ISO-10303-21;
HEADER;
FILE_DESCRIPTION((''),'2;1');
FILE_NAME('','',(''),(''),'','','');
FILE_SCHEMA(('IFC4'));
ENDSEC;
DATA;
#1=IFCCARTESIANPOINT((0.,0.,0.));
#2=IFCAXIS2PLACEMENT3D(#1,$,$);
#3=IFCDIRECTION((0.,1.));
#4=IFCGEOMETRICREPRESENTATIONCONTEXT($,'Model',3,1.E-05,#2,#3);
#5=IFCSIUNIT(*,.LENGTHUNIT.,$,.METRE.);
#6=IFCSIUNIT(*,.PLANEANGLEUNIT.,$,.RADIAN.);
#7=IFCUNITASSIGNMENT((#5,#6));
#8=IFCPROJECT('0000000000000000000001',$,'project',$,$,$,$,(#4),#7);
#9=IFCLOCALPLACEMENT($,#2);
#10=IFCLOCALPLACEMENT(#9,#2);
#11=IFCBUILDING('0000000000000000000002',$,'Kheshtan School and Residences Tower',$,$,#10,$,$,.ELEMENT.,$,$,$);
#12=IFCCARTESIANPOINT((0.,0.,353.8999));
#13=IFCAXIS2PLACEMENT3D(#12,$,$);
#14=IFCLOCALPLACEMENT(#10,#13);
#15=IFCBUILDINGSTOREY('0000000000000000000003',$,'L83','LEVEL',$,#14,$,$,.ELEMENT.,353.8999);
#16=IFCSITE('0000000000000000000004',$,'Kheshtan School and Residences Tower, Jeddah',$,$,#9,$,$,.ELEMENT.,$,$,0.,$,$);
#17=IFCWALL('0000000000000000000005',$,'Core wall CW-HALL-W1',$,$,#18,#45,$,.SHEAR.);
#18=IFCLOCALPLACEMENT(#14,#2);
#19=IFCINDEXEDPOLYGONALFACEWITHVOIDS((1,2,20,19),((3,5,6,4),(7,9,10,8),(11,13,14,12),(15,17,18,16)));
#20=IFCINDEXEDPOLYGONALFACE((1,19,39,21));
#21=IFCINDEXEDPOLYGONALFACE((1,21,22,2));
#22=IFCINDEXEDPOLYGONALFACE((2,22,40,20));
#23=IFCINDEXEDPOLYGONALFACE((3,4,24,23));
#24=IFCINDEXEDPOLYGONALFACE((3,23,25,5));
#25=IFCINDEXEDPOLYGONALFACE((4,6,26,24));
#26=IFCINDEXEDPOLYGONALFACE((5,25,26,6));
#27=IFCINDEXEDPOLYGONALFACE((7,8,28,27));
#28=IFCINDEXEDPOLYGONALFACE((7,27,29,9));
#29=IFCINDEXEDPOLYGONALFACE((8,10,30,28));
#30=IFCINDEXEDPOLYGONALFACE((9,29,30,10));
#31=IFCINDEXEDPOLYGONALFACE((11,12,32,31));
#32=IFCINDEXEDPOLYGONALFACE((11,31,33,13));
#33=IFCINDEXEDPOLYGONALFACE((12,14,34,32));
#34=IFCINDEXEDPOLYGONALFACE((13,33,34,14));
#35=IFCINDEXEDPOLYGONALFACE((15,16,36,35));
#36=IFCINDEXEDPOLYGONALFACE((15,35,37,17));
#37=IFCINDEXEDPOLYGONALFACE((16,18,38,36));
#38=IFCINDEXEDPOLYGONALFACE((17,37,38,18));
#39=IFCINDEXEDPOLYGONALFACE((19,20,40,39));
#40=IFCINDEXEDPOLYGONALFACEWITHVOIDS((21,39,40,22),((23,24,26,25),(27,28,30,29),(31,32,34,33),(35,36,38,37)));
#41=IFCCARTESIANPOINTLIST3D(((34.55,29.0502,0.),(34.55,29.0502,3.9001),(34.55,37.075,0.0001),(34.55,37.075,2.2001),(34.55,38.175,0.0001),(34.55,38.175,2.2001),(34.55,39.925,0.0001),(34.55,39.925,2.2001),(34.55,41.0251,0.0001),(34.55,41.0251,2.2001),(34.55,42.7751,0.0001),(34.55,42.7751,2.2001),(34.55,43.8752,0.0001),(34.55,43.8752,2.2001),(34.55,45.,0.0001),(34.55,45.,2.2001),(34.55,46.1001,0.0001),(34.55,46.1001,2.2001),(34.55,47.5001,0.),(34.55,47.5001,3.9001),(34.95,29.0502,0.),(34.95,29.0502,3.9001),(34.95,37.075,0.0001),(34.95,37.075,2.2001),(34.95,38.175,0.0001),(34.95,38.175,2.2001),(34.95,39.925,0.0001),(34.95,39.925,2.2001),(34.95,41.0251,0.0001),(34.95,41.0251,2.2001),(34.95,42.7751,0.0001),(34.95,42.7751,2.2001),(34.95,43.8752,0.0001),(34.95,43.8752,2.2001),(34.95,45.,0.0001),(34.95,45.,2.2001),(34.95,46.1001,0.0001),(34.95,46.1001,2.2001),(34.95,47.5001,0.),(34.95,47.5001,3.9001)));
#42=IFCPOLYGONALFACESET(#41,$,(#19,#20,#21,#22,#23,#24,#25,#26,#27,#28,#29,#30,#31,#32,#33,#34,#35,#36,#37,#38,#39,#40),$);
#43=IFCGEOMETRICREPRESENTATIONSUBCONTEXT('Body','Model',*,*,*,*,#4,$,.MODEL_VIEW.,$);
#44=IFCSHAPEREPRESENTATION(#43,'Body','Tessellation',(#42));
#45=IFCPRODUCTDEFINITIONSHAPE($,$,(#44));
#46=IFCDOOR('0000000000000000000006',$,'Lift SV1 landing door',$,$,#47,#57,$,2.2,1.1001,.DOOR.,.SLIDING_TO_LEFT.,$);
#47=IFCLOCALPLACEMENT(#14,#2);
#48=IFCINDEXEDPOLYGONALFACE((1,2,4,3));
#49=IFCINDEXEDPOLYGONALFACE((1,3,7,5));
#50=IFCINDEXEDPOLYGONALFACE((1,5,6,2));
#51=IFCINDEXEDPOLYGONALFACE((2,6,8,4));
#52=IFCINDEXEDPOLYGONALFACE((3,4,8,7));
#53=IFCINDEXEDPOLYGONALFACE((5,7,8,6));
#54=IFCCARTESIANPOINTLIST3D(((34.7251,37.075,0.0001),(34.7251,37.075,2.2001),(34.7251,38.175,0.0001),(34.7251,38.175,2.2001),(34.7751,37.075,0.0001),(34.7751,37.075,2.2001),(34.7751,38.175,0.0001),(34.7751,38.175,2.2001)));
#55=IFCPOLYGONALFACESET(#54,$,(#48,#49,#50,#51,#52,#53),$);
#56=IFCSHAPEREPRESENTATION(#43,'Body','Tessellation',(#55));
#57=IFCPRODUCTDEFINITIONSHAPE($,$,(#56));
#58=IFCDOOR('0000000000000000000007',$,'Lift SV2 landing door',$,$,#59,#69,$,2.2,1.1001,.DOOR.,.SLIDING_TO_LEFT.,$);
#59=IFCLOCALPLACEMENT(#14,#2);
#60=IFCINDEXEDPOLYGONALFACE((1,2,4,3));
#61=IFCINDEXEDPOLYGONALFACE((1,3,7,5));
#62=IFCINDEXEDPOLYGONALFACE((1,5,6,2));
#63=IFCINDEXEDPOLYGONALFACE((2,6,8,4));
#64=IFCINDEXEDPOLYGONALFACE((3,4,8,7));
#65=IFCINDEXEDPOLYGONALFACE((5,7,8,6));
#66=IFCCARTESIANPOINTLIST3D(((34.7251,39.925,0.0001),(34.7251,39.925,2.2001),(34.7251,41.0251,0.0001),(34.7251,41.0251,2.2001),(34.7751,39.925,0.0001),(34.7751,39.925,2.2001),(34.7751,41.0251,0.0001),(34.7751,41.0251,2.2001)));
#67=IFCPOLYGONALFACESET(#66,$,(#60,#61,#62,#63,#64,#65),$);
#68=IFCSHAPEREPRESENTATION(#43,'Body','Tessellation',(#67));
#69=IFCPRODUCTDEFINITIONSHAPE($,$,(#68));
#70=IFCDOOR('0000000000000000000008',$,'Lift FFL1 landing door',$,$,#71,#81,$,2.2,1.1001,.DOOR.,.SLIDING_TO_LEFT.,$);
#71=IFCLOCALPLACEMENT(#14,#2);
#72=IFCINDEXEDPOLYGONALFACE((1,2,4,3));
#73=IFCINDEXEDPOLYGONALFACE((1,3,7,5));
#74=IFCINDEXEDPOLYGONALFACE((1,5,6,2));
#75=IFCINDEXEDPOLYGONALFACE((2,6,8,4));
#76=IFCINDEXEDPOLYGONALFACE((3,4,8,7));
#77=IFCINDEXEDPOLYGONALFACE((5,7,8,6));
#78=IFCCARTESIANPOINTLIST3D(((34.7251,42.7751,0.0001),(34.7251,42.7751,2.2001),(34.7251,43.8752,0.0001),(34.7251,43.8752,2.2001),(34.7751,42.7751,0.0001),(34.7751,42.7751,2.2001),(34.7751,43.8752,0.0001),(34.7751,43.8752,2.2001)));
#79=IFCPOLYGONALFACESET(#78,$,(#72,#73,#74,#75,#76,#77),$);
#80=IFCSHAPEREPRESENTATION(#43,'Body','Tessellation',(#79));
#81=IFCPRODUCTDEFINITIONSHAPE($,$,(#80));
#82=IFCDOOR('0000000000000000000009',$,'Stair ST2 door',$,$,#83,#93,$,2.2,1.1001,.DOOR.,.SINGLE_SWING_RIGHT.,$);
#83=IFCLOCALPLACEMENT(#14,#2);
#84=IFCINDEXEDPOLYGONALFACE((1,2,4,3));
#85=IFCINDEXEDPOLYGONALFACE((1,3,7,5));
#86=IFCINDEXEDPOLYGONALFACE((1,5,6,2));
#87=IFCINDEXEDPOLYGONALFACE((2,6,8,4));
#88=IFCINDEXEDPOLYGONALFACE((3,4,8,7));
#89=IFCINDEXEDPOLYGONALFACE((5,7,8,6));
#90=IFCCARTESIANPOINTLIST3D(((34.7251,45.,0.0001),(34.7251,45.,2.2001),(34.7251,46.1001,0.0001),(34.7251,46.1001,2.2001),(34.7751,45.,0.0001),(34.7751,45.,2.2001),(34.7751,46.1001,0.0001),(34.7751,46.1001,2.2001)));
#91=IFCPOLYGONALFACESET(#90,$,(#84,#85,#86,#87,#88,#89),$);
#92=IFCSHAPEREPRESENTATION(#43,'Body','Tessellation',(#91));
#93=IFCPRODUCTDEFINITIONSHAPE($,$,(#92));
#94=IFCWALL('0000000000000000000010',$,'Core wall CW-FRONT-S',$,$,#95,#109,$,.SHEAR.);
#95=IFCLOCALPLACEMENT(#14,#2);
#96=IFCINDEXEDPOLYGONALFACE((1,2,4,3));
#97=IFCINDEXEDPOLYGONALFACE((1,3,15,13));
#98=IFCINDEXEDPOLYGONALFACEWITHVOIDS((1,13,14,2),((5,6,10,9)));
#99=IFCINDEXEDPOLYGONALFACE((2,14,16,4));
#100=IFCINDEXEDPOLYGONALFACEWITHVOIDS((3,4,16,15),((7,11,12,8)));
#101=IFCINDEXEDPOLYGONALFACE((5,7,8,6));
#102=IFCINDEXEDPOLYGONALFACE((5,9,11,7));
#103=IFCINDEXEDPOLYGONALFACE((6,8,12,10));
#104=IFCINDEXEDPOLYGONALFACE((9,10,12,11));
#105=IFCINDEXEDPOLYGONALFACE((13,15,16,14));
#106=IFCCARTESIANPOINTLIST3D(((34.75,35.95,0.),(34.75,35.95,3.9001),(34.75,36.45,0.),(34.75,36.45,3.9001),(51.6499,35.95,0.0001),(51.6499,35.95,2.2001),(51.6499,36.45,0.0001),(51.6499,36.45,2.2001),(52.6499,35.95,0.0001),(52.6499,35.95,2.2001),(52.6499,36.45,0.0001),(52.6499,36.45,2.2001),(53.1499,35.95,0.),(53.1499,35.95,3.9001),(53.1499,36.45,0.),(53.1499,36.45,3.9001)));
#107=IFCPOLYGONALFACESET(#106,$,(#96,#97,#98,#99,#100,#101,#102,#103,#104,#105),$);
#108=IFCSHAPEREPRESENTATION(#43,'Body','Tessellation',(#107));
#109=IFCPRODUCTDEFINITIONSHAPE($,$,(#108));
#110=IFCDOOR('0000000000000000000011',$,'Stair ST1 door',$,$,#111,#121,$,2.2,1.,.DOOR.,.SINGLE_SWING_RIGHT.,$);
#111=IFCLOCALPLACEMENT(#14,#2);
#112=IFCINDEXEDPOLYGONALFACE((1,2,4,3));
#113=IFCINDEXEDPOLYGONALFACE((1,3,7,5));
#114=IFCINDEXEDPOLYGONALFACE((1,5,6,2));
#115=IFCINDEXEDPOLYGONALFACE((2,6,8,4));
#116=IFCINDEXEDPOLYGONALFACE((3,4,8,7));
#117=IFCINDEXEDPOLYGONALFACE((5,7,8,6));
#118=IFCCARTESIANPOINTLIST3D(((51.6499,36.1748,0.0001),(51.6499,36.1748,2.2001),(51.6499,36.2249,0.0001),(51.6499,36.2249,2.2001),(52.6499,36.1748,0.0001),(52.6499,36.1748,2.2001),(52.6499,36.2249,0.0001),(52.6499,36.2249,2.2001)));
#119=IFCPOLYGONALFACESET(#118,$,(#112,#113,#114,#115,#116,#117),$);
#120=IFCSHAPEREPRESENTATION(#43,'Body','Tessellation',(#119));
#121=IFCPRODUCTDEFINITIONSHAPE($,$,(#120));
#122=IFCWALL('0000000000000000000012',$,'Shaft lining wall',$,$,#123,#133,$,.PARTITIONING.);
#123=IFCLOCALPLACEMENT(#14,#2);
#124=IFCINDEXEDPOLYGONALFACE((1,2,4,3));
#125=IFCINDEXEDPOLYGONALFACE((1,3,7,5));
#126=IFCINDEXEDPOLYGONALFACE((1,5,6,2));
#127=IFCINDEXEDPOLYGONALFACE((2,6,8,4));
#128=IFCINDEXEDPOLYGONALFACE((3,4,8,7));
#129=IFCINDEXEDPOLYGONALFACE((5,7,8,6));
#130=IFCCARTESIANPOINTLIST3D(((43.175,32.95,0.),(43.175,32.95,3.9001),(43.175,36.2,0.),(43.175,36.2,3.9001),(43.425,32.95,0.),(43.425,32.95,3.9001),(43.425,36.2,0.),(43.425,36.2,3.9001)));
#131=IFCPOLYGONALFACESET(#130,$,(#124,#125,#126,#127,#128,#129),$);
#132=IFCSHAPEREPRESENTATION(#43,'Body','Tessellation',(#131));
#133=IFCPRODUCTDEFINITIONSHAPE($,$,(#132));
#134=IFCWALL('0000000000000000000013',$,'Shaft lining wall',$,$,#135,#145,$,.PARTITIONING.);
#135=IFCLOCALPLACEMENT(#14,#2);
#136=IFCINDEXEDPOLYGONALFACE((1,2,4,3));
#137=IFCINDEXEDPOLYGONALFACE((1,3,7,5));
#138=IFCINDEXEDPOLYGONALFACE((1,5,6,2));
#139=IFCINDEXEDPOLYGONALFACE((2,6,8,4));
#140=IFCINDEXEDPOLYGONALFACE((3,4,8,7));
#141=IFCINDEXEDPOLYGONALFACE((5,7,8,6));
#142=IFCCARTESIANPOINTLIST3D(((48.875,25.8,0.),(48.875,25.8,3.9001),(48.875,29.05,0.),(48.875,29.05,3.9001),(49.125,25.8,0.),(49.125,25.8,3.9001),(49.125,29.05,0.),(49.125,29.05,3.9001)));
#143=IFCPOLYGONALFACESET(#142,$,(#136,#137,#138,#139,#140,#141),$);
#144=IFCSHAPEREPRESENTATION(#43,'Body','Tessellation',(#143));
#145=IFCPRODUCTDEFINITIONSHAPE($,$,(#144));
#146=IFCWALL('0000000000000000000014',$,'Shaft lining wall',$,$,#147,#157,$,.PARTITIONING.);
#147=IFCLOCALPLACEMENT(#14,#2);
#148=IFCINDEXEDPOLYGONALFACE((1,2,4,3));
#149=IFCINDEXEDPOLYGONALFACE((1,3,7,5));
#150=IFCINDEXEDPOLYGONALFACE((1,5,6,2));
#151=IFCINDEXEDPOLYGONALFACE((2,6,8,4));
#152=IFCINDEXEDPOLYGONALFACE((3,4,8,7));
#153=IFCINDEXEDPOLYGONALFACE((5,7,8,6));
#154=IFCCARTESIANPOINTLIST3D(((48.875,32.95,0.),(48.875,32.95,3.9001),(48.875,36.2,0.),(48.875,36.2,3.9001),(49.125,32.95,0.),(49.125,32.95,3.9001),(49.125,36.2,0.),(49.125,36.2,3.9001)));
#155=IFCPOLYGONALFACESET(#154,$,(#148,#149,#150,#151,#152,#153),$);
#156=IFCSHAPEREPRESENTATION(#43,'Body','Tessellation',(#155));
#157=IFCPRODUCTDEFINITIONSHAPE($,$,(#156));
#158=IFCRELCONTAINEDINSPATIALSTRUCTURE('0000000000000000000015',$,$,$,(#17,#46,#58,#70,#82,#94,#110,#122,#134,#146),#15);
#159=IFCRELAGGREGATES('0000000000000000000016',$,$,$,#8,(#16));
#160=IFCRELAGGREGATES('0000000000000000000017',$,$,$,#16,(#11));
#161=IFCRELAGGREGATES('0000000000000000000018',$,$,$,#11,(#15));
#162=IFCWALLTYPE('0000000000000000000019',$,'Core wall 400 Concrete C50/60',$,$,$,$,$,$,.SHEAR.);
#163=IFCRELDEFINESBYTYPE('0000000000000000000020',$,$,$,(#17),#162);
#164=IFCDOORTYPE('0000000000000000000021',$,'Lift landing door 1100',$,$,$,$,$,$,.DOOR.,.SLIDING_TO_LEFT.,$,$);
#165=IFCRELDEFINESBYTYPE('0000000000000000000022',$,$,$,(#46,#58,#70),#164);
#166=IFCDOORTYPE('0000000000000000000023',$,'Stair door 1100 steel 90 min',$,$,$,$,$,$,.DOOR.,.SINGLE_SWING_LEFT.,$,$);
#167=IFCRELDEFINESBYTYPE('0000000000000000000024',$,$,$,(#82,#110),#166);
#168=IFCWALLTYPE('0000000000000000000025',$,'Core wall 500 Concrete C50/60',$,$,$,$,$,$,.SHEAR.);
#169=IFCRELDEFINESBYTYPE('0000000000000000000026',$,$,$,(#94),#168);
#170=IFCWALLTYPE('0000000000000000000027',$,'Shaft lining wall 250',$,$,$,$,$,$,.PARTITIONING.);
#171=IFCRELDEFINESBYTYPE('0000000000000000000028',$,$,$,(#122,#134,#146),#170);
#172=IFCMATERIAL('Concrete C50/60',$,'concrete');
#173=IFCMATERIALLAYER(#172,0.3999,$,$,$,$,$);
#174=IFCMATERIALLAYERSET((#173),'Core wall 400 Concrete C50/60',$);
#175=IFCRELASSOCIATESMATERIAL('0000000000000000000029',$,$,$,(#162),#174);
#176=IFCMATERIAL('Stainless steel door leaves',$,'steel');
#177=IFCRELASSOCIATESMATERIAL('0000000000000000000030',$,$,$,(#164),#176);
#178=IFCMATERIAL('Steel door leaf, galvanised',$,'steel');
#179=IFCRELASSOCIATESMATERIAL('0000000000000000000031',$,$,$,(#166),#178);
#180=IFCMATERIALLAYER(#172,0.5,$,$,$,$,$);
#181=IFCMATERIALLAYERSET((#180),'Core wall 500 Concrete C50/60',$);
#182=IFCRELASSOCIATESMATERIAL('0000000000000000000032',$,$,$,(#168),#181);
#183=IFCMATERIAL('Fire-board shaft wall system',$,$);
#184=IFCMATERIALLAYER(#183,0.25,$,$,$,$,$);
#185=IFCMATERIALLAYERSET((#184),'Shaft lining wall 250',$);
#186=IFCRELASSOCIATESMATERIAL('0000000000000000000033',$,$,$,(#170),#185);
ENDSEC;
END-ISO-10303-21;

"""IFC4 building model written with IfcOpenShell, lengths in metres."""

from ifc_helpers import new_model, si_unit, direction, frame, frame_2d, origin, place, context, subcontext, project, spatial, rectangle, extrude, source, transform, mapped, material, layer, layer_set, type_object, element, fill, save


model = new_model("IFC4")

# Units and contexts
model_context = context("Model", 3, precision=1e-05, world=origin(), true_north=direction((0.0, 1.0)))
body_context = subcontext(model_context, "Body", "Model", "MODEL_VIEW")
ifc_project = project(units=[si_unit("LENGTHUNIT", "METRE"), si_unit("PLANEANGLEUNIT", "RADIAN")], contexts=[model_context])

# Site, building, storey
site_placement = place(None, origin())
site = spatial("IfcSite", under=ifc_project, at=site_placement, Name="Kheshtan School and Residences Tower, Jeddah", CompositionType="ELEMENT", RefElevation=0.0)
building_placement = place(site_placement, origin())
building = spatial("IfcBuilding", under=site, at=building_placement, Name="Kheshtan School and Residences Tower", CompositionType="ELEMENT")
storey_placement = place(building_placement, frame((0.0, 0.0, 353.8999)))
storey = spatial("IfcBuildingStorey", under=building, at=storey_placement, Name="L83", Description="LEVEL", CompositionType="ELEMENT", Elevation=353.8999)

# Wall, openings, doors
ifc_material_1 = material(Name="Concrete C50/60", Category="concrete")
ifc_layer_1 = layer(ifc_material_1, 0.3999)
ifc_layer_set_1 = layer_set([ifc_layer_1], Name="Core wall 400 Concrete C50/60")
wall_type_1 = type_object("IfcWallType", Name="Core wall 400 Concrete C50/60", PredefinedType="SHEAR", material=ifc_layer_set_1)
ifc_material_2 = material(Name="Stainless steel door leaves", Category="steel")
door_type_1 = type_object("IfcDoorType", Name="Lift landing door 1100", OperationType="SLIDING_TO_LEFT", PredefinedType="DOOR", material=ifc_material_2)
shared_shape_1 = source(origin(), body_context, "Body", "SweptSolid", [
    extrude(rectangle(XDim=1.1001, YDim=2.2, at=frame_2d((0.55, 1.1001))), frame((0.0, 0.0249, 0.0), z_axis=(0.0, -1.0, 0.0), x_axis=(1.0, 0.0, 0.0)), (0.0, 0.0, 1.0), 0.05),
])
wall_1_placement = place(storey_placement, frame((34.75, 29.05, 0.0), z_axis=(0.0, 0.0, 1.0), x_axis=(0.0, 1.0, 0.0)))
wall_1 = element("IfcWall", 1, at=wall_1_placement, inside=storey, type_object=wall_type_1, Name="Core wall CW-HALL-W1", PredefinedType="SHEAR", context=body_context, shape_type="SweptSolid", body=[
    extrude(rectangle(XDim=18.45, YDim=0.3999, at=frame_2d((9.2251, 0.0))), origin(), (0.0, 0.0, 1.0), 3.9001),
])
opening_1_placement = place(wall_1_placement, frame((8.0249, 0.0, 0.0)))
opening_1 = element("IfcOpeningElement", 2, at=opening_1_placement, cuts=wall_1, PredefinedType="OPENING", context=body_context, shape_type="SweptSolid", body=[
    extrude(rectangle(XDim=1.1001, YDim=2.2, at=frame_2d((0.55, 1.1001))), frame((0.0, 0.21, 0.0), z_axis=(0.0, -1.0, 0.0), x_axis=(1.0, 0.0, 0.0)), (0.0, 0.0, 1.0), 0.4199),
])
opening_2_placement = place(wall_1_placement, frame((10.875, 0.0, 0.0)))
opening_2 = element("IfcOpeningElement", 3, at=opening_2_placement, cuts=wall_1, PredefinedType="OPENING", context=body_context, shape_type="SweptSolid", body=[
    extrude(rectangle(XDim=1.1001, YDim=2.2, at=frame_2d((0.55, 1.1001))), frame((0.0, 0.21, 0.0), z_axis=(0.0, -1.0, 0.0), x_axis=(1.0, 0.0, 0.0)), (0.0, 0.0, 1.0), 0.4199),
])
opening_3_placement = place(wall_1_placement, frame((13.7251, 0.0, 0.0)))
opening_3 = element("IfcOpeningElement", 4, at=opening_3_placement, cuts=wall_1, PredefinedType="OPENING", context=body_context, shape_type="SweptSolid", body=[
    extrude(rectangle(XDim=1.1001, YDim=2.2, at=frame_2d((0.55, 1.1001))), frame((0.0, 0.21, 0.0), z_axis=(0.0, -1.0, 0.0), x_axis=(1.0, 0.0, 0.0)), (0.0, 0.0, 1.0), 0.4199),
])
opening_4_placement = place(wall_1_placement, frame((15.95, 0.0, 0.0)))
opening_4 = element("IfcOpeningElement", 5, at=opening_4_placement, cuts=wall_1, PredefinedType="OPENING", context=body_context, shape_type="SweptSolid", body=[
    extrude(rectangle(XDim=1.1001, YDim=2.2, at=frame_2d((0.55, 1.1001))), frame((0.0, 0.21, 0.0), z_axis=(0.0, -1.0, 0.0), x_axis=(1.0, 0.0, 0.0)), (0.0, 0.0, 1.0), 0.4199),
])
door_1_placement = place(opening_1_placement, origin())
door_1 = element("IfcDoor", 6, at=door_1_placement, inside=storey, type_object=door_type_1, Name="Lift SV1 landing door", OperationType="SLIDING_TO_LEFT", OverallHeight=2.2, OverallWidth=1.1001, PredefinedType="DOOR", context=body_context, shape_type="MappedRepresentation", body=[
    mapped(shared_shape_1, transform((0.0, 0.0, 0.0), x_axis=(1.0, 0.0, 0.0), y_axis=(0.0, 1.0, 0.0), z_axis=(0.0, 0.0, 1.0), scale=1.0)),
])
fill(opening_1, door_1)
door_2_placement = place(opening_2_placement, origin())
door_2 = element("IfcDoor", 7, at=door_2_placement, inside=storey, type_object=door_type_1, Name="Lift SV2 landing door", OperationType="SLIDING_TO_LEFT", OverallHeight=2.2, OverallWidth=1.1001, PredefinedType="DOOR", context=body_context, shape_type="MappedRepresentation", body=[
    mapped(shared_shape_1, transform((0.0, 0.0, 0.0), x_axis=(1.0, 0.0, 0.0), y_axis=(0.0, 1.0, 0.0), z_axis=(0.0, 0.0, 1.0), scale=1.0)),
])
fill(opening_2, door_2)
door_3_placement = place(opening_3_placement, origin())
door_3 = element("IfcDoor", 8, at=door_3_placement, inside=storey, type_object=door_type_1, Name="Lift FFL1 landing door", OperationType="SLIDING_TO_LEFT", OverallHeight=2.2, OverallWidth=1.1001, PredefinedType="DOOR", context=body_context, shape_type="MappedRepresentation", body=[
    mapped(shared_shape_1, transform((0.0, 0.0, 0.0), x_axis=(1.0, 0.0, 0.0), y_axis=(0.0, 1.0, 0.0), z_axis=(0.0, 0.0, 1.0), scale=1.0)),
])
fill(opening_3, door_3)
ifc_material_3 = material(Name="Steel door leaf, galvanised", Category="steel")
door_type_2 = type_object("IfcDoorType", Name="Stair door 1100 steel 90 min", OperationType="SINGLE_SWING_LEFT", PredefinedType="DOOR", material=ifc_material_3)
shared_shape_2 = source(origin(), body_context, "Body", "SweptSolid", [
    extrude(rectangle(XDim=1.1001, YDim=2.2, at=frame_2d((0.55, 1.1001))), frame((0.0, 0.0249, 0.0), z_axis=(0.0, -1.0, 0.0), x_axis=(1.0, 0.0, 0.0)), (0.0, 0.0, 1.0), 0.05),
])
door_4_placement = place(opening_4_placement, origin())
door_4 = element("IfcDoor", 9, at=door_4_placement, inside=storey, type_object=door_type_2, Name="Stair ST2 door", OperationType="SINGLE_SWING_RIGHT", OverallHeight=2.2, OverallWidth=1.1001, PredefinedType="DOOR", context=body_context, shape_type="MappedRepresentation", body=[
    mapped(shared_shape_2, transform((0.0, 0.0, 0.0), x_axis=(1.0, 0.0, 0.0), y_axis=(0.0, 1.0, 0.0), z_axis=(0.0, 0.0, 1.0), scale=1.0)),
])
fill(opening_4, door_4)

# Wall, opening, door
ifc_layer_2 = layer(ifc_material_1, 0.5)
ifc_layer_set_2 = layer_set([ifc_layer_2], Name="Core wall 500 Concrete C50/60")
wall_type_2 = type_object("IfcWallType", Name="Core wall 500 Concrete C50/60", PredefinedType="SHEAR", material=ifc_layer_set_2)
wall_2_placement = place(storey_placement, frame((34.75, 36.2, 0.0), z_axis=(0.0, 0.0, 1.0), x_axis=(1.0, 0.0, 0.0)))
wall_2 = element("IfcWall", 10, at=wall_2_placement, inside=storey, type_object=wall_type_2, Name="Core wall CW-FRONT-S", PredefinedType="SHEAR", context=body_context, shape_type="SweptSolid", body=[
    extrude(rectangle(XDim=18.3999, YDim=0.5, at=frame_2d((9.2, 0.0))), origin(), (0.0, 0.0, 1.0), 3.9001),
])
opening_5_placement = place(wall_2_placement, frame((16.8999, 0.0, 0.0)))
opening_5 = element("IfcOpeningElement", 11, at=opening_5_placement, cuts=wall_2, PredefinedType="OPENING", context=body_context, shape_type="SweptSolid", body=[
    extrude(rectangle(XDim=1.0, YDim=2.2, at=frame_2d((0.5, 1.1001))), frame((0.0, 0.26, 0.0), z_axis=(0.0, -1.0, 0.0), x_axis=(1.0, 0.0, 0.0)), (0.0, 0.0, 1.0), 0.52),
])
shared_shape_3 = source(origin(), body_context, "Body", "SweptSolid", [
    extrude(rectangle(XDim=1.0, YDim=2.2, at=frame_2d((0.5, 1.1001))), frame((0.0, 0.0249, 0.0), z_axis=(0.0, -1.0, 0.0), x_axis=(1.0, 0.0, 0.0)), (0.0, 0.0, 1.0), 0.05),
])
door_5_placement = place(opening_5_placement, origin())
door_5 = element("IfcDoor", 12, at=door_5_placement, inside=storey, type_object=door_type_2, Name="Stair ST1 door", OperationType="SINGLE_SWING_RIGHT", OverallHeight=2.2, OverallWidth=1.0, PredefinedType="DOOR", context=body_context, shape_type="MappedRepresentation", body=[
    mapped(shared_shape_3, transform((0.0, 0.0, 0.0), x_axis=(1.0, 0.0, 0.0), y_axis=(0.0, 1.0, 0.0), z_axis=(0.0, 0.0, 1.0), scale=1.0)),
])
fill(opening_5, door_5)

# Walls
ifc_material_4 = material(Name="Fire-board shaft wall system")
ifc_layer_3 = layer(ifc_material_4, 0.25)
ifc_layer_set_3 = layer_set([ifc_layer_3], Name="Shaft lining wall 250")
wall_type_3 = type_object("IfcWallType", Name="Shaft lining wall 250", PredefinedType="PARTITIONING", material=ifc_layer_set_3)
for number, where, z_axis, x_axis, name in (
    (13, (43.3, 32.95, 0.0), (0.0, 0.0, 1.0), (0.0, 1.0, 0.0), "Shaft lining wall"),
    (14, (49.0, 25.8, 0.0), (0.0, 0.0, 1.0), (0.0, 1.0, 0.0), "Shaft lining wall"),
    (15, (49.0, 32.95, 0.0), (0.0, 0.0, 1.0), (0.0, 1.0, 0.0), "Shaft lining wall"),
):
    element("IfcWall", number, at=place(storey_placement, frame(where, z_axis=z_axis, x_axis=x_axis)), inside=storey, type_object=wall_type_3, Name=name, PredefinedType="PARTITIONING", context=body_context, shape_type="SweptSolid", body=[
        extrude(rectangle(XDim=3.25, YDim=0.25, at=frame_2d((1.625, 0.0))), origin(), (0.0, 0.0, 1.0), 3.9001),
    ])

save(model, "model.ifc")
